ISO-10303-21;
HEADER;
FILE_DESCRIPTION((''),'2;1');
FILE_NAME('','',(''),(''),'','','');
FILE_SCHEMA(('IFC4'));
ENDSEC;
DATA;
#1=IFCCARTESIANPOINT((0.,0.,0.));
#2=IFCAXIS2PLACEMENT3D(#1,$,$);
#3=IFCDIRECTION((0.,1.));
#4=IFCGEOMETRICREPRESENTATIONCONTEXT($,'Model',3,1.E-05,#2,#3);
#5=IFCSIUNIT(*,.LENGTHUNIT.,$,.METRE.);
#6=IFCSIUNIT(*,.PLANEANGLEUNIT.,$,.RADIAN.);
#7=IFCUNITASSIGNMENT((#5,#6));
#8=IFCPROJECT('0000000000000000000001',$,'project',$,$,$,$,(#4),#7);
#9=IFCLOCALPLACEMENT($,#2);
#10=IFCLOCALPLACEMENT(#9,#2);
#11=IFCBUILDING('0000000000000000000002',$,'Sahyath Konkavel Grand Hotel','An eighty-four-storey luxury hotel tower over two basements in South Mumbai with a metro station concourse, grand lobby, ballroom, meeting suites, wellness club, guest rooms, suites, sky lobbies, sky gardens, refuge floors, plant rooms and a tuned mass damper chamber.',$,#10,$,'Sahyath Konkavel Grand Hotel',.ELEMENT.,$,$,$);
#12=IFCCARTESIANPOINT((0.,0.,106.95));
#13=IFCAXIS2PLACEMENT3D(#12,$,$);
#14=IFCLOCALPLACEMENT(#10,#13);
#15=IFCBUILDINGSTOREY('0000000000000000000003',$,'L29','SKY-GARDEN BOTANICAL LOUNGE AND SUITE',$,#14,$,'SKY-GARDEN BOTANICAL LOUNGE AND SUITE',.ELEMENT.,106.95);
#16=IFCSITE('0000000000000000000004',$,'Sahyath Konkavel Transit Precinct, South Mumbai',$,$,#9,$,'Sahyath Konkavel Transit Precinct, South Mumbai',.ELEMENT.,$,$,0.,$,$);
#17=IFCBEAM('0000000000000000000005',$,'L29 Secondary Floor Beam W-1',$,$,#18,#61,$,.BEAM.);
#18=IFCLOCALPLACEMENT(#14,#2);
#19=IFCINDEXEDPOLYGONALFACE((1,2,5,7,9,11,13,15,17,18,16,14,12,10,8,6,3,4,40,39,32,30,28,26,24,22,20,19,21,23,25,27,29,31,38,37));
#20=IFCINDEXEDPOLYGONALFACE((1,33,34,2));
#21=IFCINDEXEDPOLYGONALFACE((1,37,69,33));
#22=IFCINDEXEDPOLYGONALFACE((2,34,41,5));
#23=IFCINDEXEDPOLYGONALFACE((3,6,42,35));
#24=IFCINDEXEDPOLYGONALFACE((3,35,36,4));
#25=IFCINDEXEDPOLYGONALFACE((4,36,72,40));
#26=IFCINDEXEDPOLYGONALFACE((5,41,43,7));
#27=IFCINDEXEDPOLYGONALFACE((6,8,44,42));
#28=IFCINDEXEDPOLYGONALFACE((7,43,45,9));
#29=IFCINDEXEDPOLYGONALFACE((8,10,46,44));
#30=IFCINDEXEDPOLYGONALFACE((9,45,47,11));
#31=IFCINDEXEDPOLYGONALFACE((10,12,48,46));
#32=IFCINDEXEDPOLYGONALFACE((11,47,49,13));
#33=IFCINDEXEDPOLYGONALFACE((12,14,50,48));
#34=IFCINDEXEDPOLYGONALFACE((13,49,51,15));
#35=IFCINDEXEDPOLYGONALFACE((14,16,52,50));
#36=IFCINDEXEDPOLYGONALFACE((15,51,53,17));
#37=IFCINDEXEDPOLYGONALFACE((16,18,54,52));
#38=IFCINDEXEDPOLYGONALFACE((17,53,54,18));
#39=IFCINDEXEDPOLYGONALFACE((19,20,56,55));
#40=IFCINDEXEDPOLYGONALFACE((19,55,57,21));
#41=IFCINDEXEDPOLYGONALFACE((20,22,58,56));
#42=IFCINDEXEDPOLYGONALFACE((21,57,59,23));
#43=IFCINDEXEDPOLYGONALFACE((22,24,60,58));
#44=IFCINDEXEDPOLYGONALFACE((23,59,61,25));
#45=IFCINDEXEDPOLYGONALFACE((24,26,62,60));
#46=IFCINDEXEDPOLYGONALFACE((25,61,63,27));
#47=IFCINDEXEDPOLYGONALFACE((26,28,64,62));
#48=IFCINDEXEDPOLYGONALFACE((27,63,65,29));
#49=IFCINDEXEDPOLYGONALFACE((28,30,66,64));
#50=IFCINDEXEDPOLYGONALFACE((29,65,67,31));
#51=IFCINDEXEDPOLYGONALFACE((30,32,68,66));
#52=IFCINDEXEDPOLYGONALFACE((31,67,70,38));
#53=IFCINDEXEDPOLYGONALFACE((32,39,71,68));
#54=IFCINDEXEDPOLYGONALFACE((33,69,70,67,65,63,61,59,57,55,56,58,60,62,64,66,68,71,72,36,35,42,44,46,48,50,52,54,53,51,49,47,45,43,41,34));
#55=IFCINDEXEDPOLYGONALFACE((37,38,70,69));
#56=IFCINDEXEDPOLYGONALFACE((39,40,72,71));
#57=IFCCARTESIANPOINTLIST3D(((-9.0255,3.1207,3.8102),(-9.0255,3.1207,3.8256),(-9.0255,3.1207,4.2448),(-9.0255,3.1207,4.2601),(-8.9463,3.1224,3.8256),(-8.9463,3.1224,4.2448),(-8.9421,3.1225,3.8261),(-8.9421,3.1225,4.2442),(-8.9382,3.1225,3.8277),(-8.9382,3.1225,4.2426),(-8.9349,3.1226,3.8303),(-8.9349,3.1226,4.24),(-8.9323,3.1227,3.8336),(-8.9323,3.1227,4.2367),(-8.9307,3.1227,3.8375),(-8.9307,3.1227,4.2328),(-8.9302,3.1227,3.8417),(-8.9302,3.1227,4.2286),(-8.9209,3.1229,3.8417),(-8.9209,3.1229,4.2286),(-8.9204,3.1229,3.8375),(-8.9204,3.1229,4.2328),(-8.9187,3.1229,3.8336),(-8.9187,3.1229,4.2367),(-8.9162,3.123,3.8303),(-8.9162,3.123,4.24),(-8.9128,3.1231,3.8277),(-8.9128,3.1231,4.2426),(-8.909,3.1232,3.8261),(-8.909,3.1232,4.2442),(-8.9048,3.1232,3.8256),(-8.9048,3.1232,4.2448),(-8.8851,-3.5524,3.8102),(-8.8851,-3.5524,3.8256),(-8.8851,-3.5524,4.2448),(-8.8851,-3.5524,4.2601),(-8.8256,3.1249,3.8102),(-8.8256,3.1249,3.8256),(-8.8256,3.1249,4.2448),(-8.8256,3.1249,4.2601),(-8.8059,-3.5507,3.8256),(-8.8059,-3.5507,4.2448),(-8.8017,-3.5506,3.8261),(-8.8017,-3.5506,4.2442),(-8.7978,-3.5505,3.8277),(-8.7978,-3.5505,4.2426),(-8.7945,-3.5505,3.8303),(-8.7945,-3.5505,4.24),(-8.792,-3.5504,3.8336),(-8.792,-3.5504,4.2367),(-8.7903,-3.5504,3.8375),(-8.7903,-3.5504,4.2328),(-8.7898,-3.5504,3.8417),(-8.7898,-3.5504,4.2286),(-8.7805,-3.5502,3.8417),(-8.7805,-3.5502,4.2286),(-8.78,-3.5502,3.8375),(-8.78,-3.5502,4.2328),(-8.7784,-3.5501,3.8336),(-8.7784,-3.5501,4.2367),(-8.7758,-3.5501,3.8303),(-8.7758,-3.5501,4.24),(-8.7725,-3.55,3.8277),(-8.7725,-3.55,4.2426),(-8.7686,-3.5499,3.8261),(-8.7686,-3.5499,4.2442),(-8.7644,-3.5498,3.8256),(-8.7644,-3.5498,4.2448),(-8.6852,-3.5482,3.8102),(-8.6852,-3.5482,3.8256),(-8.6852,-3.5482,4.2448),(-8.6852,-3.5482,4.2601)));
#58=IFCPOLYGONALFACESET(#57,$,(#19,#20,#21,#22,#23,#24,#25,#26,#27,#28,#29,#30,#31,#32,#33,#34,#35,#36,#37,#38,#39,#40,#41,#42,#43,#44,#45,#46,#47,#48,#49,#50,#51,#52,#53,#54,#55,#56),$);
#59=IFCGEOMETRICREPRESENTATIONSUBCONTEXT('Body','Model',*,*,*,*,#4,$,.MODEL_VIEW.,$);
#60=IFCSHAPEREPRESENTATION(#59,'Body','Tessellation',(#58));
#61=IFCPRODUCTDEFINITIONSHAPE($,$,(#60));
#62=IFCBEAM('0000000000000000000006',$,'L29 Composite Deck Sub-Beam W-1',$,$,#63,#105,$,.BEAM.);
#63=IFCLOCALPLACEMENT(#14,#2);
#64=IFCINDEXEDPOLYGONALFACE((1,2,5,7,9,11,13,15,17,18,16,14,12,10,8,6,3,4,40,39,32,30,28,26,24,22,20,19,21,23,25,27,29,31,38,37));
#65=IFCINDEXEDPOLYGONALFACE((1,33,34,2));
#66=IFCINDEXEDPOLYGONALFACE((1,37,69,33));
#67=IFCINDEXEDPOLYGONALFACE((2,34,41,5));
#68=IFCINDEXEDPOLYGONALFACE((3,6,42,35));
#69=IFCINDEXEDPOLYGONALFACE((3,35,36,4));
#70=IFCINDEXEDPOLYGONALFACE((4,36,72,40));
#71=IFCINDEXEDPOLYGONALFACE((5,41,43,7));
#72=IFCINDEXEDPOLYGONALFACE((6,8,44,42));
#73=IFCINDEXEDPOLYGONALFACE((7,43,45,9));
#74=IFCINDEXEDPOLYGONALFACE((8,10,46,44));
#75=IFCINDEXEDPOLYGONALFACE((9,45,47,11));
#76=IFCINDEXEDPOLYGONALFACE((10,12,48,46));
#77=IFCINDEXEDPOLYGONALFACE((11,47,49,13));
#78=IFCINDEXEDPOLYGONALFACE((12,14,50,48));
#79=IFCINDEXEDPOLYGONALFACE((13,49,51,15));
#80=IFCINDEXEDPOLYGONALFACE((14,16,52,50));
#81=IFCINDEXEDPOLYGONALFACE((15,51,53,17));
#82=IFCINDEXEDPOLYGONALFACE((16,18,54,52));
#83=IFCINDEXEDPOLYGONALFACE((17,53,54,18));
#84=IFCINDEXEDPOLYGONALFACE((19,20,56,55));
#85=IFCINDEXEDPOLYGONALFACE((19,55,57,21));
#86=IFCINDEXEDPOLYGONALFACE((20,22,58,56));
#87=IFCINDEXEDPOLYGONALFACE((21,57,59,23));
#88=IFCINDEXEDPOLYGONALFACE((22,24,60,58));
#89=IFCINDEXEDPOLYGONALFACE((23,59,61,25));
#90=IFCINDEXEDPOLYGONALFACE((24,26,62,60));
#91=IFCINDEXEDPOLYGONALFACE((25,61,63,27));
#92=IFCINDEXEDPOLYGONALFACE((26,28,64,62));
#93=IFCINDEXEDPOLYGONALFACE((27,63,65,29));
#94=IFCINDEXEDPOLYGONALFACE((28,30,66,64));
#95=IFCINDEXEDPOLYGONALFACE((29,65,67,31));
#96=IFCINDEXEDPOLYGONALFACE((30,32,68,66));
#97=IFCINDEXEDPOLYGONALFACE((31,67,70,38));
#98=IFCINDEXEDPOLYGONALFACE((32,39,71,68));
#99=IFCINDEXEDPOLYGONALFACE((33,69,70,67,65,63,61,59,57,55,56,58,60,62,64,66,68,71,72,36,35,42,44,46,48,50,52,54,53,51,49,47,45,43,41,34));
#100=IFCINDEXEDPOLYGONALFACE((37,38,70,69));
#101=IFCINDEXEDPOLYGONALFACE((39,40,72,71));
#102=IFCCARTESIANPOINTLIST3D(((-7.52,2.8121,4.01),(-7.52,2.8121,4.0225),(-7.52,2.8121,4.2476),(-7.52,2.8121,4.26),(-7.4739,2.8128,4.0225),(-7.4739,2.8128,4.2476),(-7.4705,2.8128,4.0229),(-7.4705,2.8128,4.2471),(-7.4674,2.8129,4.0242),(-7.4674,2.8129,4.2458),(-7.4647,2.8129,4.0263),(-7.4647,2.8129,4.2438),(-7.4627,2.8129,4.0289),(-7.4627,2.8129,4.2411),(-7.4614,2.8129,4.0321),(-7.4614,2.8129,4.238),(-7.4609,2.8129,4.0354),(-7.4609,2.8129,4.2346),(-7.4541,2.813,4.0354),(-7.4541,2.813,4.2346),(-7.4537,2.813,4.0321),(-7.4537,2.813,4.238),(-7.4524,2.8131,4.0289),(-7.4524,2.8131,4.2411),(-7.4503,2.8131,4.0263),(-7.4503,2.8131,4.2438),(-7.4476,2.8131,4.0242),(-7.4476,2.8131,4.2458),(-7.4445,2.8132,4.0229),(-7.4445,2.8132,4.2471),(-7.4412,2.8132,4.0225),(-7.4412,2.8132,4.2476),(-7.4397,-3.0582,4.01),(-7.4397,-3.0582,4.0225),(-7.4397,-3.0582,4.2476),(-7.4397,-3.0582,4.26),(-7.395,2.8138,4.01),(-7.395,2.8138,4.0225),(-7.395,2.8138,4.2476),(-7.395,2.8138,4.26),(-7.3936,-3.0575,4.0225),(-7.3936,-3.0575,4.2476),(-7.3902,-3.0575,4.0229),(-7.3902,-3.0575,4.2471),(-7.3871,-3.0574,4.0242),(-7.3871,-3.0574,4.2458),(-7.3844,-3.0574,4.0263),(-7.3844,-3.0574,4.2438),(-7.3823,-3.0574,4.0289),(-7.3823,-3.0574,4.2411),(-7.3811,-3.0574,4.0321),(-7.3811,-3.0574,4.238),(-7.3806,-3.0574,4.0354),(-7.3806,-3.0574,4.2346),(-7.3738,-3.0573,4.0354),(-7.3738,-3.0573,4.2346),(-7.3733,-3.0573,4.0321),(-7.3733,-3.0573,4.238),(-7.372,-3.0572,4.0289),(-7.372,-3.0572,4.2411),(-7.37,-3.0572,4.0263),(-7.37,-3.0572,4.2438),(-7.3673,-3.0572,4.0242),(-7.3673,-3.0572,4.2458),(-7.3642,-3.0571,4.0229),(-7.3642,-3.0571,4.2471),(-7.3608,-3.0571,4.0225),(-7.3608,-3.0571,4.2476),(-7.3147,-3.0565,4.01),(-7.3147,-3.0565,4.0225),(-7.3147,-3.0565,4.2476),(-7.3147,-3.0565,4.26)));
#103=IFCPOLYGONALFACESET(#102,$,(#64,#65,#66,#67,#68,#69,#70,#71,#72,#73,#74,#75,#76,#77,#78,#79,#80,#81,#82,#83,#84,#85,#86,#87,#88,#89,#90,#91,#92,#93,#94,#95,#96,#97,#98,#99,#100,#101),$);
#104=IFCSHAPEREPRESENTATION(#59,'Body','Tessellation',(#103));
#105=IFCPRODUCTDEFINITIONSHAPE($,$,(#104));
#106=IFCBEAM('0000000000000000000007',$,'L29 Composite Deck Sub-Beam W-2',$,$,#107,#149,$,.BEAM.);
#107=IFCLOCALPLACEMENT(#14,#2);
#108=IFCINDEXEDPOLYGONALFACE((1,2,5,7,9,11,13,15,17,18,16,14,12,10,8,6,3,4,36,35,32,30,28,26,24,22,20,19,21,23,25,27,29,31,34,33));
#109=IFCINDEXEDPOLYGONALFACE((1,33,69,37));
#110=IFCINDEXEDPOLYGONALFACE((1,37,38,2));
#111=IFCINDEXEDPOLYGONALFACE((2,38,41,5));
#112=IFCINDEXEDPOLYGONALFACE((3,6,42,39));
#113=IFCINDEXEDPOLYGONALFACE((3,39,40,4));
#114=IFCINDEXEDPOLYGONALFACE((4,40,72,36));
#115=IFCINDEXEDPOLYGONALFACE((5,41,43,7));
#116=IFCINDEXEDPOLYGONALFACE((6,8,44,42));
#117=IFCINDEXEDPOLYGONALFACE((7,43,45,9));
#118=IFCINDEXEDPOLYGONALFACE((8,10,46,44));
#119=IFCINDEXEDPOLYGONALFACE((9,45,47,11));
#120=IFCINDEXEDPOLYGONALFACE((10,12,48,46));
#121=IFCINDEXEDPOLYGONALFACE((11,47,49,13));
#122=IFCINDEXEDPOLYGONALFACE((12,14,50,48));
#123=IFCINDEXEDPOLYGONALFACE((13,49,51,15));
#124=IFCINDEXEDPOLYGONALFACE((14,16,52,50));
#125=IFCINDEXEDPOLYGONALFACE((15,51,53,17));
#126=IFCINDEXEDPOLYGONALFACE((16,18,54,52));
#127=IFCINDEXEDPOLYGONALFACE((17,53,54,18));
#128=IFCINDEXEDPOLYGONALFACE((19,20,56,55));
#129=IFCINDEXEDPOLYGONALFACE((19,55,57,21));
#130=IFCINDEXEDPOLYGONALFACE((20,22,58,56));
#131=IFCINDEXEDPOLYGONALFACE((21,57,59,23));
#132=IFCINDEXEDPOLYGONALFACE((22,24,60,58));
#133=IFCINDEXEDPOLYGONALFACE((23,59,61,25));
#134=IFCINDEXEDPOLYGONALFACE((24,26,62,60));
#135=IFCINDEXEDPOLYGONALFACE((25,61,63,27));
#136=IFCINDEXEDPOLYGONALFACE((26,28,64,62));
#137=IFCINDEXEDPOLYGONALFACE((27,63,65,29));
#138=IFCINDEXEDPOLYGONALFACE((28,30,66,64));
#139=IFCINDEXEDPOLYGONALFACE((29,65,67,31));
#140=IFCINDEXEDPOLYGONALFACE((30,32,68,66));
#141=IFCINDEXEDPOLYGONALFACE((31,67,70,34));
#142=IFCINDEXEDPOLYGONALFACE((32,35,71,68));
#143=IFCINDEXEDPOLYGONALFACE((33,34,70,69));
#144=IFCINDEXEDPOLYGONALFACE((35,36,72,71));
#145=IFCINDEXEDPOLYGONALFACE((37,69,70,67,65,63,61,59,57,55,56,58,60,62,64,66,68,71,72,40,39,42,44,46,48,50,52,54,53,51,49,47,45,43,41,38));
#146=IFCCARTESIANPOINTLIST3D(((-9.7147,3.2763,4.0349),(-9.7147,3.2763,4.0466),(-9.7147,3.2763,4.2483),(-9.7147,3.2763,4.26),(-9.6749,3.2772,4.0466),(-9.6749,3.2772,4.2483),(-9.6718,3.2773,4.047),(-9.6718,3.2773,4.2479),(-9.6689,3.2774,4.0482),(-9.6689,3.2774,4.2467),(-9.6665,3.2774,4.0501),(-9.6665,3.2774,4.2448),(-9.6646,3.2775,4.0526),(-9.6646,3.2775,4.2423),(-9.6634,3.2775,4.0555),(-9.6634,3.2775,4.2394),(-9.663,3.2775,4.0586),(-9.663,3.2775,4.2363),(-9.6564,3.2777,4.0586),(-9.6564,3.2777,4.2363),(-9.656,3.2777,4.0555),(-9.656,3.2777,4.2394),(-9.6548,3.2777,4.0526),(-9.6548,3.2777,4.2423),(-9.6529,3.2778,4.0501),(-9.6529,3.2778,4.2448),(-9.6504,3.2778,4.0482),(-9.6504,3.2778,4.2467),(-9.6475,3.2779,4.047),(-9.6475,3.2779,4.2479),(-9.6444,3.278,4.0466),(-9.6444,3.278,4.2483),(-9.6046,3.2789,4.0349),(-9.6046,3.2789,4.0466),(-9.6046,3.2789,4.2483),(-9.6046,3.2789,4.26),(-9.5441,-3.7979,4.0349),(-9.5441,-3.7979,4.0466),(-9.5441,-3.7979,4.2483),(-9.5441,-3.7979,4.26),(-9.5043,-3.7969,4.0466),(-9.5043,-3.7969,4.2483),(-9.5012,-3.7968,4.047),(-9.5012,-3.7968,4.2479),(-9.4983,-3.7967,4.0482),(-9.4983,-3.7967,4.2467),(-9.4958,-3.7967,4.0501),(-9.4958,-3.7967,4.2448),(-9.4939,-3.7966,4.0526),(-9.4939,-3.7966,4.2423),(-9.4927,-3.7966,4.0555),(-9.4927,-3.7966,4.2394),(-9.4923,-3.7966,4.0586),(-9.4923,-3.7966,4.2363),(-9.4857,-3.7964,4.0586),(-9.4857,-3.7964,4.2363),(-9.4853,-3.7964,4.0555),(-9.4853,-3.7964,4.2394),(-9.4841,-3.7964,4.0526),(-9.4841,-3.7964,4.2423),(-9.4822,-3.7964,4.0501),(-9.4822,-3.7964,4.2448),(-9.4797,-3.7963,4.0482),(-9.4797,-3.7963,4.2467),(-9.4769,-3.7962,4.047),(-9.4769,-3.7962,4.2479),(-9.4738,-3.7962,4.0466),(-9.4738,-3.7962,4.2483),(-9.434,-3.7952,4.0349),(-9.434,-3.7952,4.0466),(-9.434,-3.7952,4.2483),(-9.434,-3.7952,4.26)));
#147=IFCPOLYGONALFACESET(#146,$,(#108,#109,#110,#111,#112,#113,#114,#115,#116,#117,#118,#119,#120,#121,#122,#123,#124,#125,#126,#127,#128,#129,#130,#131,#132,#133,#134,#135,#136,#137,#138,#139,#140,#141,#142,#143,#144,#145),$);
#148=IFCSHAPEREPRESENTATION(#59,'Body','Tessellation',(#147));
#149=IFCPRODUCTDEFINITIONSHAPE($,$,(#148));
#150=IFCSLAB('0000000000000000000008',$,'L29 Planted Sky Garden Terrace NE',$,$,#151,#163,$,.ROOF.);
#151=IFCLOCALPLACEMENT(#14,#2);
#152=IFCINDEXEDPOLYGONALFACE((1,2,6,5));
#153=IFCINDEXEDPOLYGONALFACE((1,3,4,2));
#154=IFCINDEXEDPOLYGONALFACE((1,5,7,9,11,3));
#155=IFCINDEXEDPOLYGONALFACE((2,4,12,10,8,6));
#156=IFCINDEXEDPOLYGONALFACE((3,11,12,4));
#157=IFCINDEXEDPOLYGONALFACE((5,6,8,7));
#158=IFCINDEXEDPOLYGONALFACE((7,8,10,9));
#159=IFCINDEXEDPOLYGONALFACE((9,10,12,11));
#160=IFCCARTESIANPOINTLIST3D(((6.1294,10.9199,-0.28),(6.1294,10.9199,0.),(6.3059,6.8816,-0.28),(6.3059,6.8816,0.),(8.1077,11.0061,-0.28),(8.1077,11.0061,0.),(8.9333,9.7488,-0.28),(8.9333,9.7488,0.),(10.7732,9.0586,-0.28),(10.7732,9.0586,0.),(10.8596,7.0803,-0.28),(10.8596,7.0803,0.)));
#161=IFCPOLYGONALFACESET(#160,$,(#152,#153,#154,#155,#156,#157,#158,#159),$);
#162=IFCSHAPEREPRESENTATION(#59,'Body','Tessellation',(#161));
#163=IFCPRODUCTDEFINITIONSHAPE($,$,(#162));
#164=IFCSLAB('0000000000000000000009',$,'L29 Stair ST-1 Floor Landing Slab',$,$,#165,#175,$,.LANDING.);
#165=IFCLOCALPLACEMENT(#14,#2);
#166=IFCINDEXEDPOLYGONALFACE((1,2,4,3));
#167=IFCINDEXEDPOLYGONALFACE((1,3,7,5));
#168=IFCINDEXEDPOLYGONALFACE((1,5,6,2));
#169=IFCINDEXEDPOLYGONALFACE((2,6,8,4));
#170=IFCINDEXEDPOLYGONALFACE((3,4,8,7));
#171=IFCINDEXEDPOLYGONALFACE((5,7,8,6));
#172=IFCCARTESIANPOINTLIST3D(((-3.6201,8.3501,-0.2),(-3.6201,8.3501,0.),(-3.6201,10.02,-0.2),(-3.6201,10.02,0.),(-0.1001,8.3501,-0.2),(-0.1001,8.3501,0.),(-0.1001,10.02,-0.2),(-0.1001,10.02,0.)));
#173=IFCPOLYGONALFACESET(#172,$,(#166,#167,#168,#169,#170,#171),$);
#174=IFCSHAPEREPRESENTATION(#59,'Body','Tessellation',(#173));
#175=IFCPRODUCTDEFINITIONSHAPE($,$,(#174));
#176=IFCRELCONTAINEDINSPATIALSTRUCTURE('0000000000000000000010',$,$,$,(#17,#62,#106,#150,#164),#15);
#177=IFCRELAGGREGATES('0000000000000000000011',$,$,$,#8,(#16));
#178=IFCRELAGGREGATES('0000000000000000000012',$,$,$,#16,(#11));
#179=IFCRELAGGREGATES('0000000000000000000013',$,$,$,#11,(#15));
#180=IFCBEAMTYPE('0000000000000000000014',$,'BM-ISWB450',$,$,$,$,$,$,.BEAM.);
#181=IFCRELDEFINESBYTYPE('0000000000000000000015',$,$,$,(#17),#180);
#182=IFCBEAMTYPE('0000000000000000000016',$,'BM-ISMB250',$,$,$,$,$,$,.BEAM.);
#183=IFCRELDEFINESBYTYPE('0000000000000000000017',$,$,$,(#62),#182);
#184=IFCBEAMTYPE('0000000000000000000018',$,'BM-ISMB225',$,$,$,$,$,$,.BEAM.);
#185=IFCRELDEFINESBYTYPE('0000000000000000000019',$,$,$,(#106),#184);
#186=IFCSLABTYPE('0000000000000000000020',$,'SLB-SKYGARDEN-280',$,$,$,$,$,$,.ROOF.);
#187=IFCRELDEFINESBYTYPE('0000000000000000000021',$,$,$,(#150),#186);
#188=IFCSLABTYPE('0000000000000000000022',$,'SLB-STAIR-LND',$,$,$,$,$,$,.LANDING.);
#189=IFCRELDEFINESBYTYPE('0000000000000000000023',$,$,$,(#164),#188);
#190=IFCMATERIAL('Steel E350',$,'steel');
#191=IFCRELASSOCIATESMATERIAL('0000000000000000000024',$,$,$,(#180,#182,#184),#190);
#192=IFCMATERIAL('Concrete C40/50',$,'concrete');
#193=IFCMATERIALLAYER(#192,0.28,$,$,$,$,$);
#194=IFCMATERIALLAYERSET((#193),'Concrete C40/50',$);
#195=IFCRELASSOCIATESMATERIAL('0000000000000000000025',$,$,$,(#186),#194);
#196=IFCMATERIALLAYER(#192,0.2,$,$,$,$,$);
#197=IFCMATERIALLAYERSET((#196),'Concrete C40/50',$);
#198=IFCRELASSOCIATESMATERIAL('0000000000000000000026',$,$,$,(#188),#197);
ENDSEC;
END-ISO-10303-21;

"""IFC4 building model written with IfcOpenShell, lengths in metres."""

from ifc_helpers import new_model, si_unit, direction, frame, origin, origin_2d, place, context, subcontext, project, spatial, polyline, i_section, outline, extrude, source, transform, mapped, material, layer, layer_set, material_profile, profile_set, type_object, element, save


model = new_model("IFC4")

# Units and contexts
model_context = context("Model", 3, precision=1e-05, world=origin(), true_north=direction((0.0, 1.0)))
body_context = subcontext(model_context, "Body", "Model", "MODEL_VIEW")
ifc_project = project(units=[si_unit("LENGTHUNIT", "METRE"), si_unit("PLANEANGLEUNIT", "RADIAN")], contexts=[model_context])

# Site, building, storey
site_placement = place(None, origin())
site = spatial("IfcSite", under=ifc_project, at=site_placement, Name="Sahyath Konkavel Transit Precinct, South Mumbai", LongName="Sahyath Konkavel Transit Precinct, South Mumbai", CompositionType="ELEMENT", RefElevation=0.0)
building_placement = place(site_placement, origin())
building = spatial("IfcBuilding", under=site, at=building_placement, Name="Sahyath Konkavel Grand Hotel", Description="An eighty-four-storey luxury hotel tower over two basements in South Mumbai with a metro station concourse, grand lobby, ballroom, meeting suites, wellness club, guest rooms, suites, sky lobbies, sky gardens, refuge floors, plant rooms and a tuned mass damper chamber.", LongName="Sahyath Konkavel Grand Hotel", CompositionType="ELEMENT")
storey_placement = place(building_placement, frame((0.0, 0.0, 106.95)))
storey = spatial("IfcBuildingStorey", under=building, at=storey_placement, Name="L29", Description="SKY-GARDEN BOTANICAL LOUNGE AND SUITE", LongName="SKY-GARDEN BOTANICAL LOUNGE AND SUITE", CompositionType="ELEMENT", Elevation=106.95)

# Beams
ifc_material_1 = material(Name="Steel E350", Category="steel")
ifc_material_profile_1 = material_profile(ifc_material_1, i_section(OverallWidth=0.2, OverallDepth=0.45, WebThickness=0.0093, FlangeThickness=0.0154, FilletRadius=0.0161, at=origin_2d()), Name="ISWB 450")
ifc_profile_set_1 = profile_set([ifc_material_profile_1], Name="Steel E350")
beam_type_1 = type_object("IfcBeamType", Name="BM-ISWB450", PredefinedType="BEAM", material=ifc_profile_set_1)
shared_shape_1 = source(origin(), body_context, "Body", "SweptSolid", [
    extrude(i_section(OverallWidth=0.2, OverallDepth=0.45, WebThickness=0.0093, FlangeThickness=0.0154, FilletRadius=0.0161, at=origin_2d()), origin(), (0.0, 0.0, 1.0), 6.6746),
])
beam_1_placement = place(storey_placement, frame((-8.9255, 3.1228, 4.0352), z_axis=(0.021032, -0.999779, 0.0), x_axis=(0.999779, 0.021032, 0.0)))
element("IfcBeam", 1, at=beam_1_placement, inside=storey, type_object=beam_type_1, Name="L29 Secondary Floor Beam W-1", PredefinedType="BEAM", context=body_context, shape_type="MappedRepresentation", body=[
    mapped(shared_shape_1, transform((0.0, 0.0, 0.0), scale=1.0)),
])
ifc_material_profile_2 = material_profile(ifc_material_1, i_section(OverallWidth=0.125, OverallDepth=0.25, WebThickness=0.0068, FlangeThickness=0.0125, FilletRadius=0.0129, at=origin_2d()), Name="ISMB 250")
ifc_profile_set_2 = profile_set([ifc_material_profile_2], Name="Steel E350")
beam_type_2 = type_object("IfcBeamType", Name="BM-ISMB250", PredefinedType="BEAM", material=ifc_profile_set_2)
shared_shape_2 = source(origin(), body_context, "Body", "SweptSolid", [
    extrude(i_section(OverallWidth=0.125, OverallDepth=0.25, WebThickness=0.0068, FlangeThickness=0.0125, FilletRadius=0.0129, at=origin_2d()), origin(), (0.0, 0.0, 1.0), 5.8708),
])
beam_2_placement = place(storey_placement, frame((-7.4575, 2.813, 4.135), z_axis=(0.013681, -0.999906, 0.0), x_axis=(0.999906, 0.013681, 0.0)))
element("IfcBeam", 2, at=beam_2_placement, inside=storey, type_object=beam_type_2, Name="L29 Composite Deck Sub-Beam W-1", PredefinedType="BEAM", context=body_context, shape_type="MappedRepresentation", body=[
    mapped(shared_shape_2, transform((0.0, 0.0, 0.0), scale=1.0)),
])
ifc_material_profile_3 = material_profile(ifc_material_1, i_section(OverallWidth=0.1101, OverallDepth=0.2251, WebThickness=0.0066, FlangeThickness=0.0117, FilletRadius=0.012, at=origin_2d()), Name="ISMB 225")
ifc_profile_set_3 = profile_set([ifc_material_profile_3], Name="Steel E350")
beam_type_3 = type_object("IfcBeamType", Name="BM-ISMB225", PredefinedType="BEAM", material=ifc_profile_set_3)
shared_shape_3 = source(origin(), body_context, "Body", "SweptSolid", [
    extrude(i_section(OverallWidth=0.1101, OverallDepth=0.2251, WebThickness=0.0066, FlangeThickness=0.0117, FilletRadius=0.012, at=origin_2d()), origin(), (0.0, 0.0, 1.0), 7.0762),
])
beam_3_placement = place(storey_placement, frame((-9.6597, 3.2776, 4.1475), z_axis=(0.024116, -0.999709, 0.0), x_axis=(0.999709, 0.024116, 0.0)))
element("IfcBeam", 3, at=beam_3_placement, inside=storey, type_object=beam_type_3, Name="L29 Composite Deck Sub-Beam W-2", PredefinedType="BEAM", context=body_context, shape_type="MappedRepresentation", body=[
    mapped(shared_shape_3, transform((0.0, 0.0, 0.0), scale=1.0)),
])

# Slabs
ifc_material_2 = material(Name="Concrete C40/50", Category="concrete")
ifc_layer_1 = layer(ifc_material_2, 0.28)
ifc_layer_set_1 = layer_set([ifc_layer_1], Name="Concrete C40/50")
slab_type_1 = type_object("IfcSlabType", Name="SLB-SKYGARDEN-280", PredefinedType="ROOF", material=ifc_layer_set_1)
slab_1_placement = place(storey_placement, frame((0.0, 0.0, -0.28)))
element("IfcSlab", 4, at=slab_1_placement, inside=storey, type_object=slab_type_1, Name="L29 Planted Sky Garden Terrace NE", PredefinedType="ROOF", context=body_context, shape_type="SweptSolid", body=[
    extrude(outline(polyline([(6.3059, 6.8816), (10.8596, 7.0803), (10.7732, 9.0586), (8.9333, 9.7488), (8.1077, 11.0061), (6.1294, 10.9199), (6.3059, 6.8816)])), origin(), (0.0, 0.0, 1.0), 0.28),
])
ifc_layer_2 = layer(ifc_material_2, 0.2)
ifc_layer_set_2 = layer_set([ifc_layer_2], Name="Concrete C40/50")
slab_type_2 = type_object("IfcSlabType", Name="SLB-STAIR-LND", PredefinedType="LANDING", material=ifc_layer_set_2)
slab_2_placement = place(storey_placement, frame((0.0, 0.0, -0.2)))
element("IfcSlab", 5, at=slab_2_placement, inside=storey, type_object=slab_type_2, Name="L29 Stair ST-1 Floor Landing Slab", PredefinedType="LANDING", context=body_context, shape_type="SweptSolid", body=[
    extrude(outline(polyline([(-3.6201, 8.3501), (-0.1001, 8.3501), (-0.1001, 10.02), (-3.6201, 10.02), (-3.6201, 8.3501)])), origin(), (0.0, 0.0, 1.0), 0.2),
])

save(model, "model.ifc")
